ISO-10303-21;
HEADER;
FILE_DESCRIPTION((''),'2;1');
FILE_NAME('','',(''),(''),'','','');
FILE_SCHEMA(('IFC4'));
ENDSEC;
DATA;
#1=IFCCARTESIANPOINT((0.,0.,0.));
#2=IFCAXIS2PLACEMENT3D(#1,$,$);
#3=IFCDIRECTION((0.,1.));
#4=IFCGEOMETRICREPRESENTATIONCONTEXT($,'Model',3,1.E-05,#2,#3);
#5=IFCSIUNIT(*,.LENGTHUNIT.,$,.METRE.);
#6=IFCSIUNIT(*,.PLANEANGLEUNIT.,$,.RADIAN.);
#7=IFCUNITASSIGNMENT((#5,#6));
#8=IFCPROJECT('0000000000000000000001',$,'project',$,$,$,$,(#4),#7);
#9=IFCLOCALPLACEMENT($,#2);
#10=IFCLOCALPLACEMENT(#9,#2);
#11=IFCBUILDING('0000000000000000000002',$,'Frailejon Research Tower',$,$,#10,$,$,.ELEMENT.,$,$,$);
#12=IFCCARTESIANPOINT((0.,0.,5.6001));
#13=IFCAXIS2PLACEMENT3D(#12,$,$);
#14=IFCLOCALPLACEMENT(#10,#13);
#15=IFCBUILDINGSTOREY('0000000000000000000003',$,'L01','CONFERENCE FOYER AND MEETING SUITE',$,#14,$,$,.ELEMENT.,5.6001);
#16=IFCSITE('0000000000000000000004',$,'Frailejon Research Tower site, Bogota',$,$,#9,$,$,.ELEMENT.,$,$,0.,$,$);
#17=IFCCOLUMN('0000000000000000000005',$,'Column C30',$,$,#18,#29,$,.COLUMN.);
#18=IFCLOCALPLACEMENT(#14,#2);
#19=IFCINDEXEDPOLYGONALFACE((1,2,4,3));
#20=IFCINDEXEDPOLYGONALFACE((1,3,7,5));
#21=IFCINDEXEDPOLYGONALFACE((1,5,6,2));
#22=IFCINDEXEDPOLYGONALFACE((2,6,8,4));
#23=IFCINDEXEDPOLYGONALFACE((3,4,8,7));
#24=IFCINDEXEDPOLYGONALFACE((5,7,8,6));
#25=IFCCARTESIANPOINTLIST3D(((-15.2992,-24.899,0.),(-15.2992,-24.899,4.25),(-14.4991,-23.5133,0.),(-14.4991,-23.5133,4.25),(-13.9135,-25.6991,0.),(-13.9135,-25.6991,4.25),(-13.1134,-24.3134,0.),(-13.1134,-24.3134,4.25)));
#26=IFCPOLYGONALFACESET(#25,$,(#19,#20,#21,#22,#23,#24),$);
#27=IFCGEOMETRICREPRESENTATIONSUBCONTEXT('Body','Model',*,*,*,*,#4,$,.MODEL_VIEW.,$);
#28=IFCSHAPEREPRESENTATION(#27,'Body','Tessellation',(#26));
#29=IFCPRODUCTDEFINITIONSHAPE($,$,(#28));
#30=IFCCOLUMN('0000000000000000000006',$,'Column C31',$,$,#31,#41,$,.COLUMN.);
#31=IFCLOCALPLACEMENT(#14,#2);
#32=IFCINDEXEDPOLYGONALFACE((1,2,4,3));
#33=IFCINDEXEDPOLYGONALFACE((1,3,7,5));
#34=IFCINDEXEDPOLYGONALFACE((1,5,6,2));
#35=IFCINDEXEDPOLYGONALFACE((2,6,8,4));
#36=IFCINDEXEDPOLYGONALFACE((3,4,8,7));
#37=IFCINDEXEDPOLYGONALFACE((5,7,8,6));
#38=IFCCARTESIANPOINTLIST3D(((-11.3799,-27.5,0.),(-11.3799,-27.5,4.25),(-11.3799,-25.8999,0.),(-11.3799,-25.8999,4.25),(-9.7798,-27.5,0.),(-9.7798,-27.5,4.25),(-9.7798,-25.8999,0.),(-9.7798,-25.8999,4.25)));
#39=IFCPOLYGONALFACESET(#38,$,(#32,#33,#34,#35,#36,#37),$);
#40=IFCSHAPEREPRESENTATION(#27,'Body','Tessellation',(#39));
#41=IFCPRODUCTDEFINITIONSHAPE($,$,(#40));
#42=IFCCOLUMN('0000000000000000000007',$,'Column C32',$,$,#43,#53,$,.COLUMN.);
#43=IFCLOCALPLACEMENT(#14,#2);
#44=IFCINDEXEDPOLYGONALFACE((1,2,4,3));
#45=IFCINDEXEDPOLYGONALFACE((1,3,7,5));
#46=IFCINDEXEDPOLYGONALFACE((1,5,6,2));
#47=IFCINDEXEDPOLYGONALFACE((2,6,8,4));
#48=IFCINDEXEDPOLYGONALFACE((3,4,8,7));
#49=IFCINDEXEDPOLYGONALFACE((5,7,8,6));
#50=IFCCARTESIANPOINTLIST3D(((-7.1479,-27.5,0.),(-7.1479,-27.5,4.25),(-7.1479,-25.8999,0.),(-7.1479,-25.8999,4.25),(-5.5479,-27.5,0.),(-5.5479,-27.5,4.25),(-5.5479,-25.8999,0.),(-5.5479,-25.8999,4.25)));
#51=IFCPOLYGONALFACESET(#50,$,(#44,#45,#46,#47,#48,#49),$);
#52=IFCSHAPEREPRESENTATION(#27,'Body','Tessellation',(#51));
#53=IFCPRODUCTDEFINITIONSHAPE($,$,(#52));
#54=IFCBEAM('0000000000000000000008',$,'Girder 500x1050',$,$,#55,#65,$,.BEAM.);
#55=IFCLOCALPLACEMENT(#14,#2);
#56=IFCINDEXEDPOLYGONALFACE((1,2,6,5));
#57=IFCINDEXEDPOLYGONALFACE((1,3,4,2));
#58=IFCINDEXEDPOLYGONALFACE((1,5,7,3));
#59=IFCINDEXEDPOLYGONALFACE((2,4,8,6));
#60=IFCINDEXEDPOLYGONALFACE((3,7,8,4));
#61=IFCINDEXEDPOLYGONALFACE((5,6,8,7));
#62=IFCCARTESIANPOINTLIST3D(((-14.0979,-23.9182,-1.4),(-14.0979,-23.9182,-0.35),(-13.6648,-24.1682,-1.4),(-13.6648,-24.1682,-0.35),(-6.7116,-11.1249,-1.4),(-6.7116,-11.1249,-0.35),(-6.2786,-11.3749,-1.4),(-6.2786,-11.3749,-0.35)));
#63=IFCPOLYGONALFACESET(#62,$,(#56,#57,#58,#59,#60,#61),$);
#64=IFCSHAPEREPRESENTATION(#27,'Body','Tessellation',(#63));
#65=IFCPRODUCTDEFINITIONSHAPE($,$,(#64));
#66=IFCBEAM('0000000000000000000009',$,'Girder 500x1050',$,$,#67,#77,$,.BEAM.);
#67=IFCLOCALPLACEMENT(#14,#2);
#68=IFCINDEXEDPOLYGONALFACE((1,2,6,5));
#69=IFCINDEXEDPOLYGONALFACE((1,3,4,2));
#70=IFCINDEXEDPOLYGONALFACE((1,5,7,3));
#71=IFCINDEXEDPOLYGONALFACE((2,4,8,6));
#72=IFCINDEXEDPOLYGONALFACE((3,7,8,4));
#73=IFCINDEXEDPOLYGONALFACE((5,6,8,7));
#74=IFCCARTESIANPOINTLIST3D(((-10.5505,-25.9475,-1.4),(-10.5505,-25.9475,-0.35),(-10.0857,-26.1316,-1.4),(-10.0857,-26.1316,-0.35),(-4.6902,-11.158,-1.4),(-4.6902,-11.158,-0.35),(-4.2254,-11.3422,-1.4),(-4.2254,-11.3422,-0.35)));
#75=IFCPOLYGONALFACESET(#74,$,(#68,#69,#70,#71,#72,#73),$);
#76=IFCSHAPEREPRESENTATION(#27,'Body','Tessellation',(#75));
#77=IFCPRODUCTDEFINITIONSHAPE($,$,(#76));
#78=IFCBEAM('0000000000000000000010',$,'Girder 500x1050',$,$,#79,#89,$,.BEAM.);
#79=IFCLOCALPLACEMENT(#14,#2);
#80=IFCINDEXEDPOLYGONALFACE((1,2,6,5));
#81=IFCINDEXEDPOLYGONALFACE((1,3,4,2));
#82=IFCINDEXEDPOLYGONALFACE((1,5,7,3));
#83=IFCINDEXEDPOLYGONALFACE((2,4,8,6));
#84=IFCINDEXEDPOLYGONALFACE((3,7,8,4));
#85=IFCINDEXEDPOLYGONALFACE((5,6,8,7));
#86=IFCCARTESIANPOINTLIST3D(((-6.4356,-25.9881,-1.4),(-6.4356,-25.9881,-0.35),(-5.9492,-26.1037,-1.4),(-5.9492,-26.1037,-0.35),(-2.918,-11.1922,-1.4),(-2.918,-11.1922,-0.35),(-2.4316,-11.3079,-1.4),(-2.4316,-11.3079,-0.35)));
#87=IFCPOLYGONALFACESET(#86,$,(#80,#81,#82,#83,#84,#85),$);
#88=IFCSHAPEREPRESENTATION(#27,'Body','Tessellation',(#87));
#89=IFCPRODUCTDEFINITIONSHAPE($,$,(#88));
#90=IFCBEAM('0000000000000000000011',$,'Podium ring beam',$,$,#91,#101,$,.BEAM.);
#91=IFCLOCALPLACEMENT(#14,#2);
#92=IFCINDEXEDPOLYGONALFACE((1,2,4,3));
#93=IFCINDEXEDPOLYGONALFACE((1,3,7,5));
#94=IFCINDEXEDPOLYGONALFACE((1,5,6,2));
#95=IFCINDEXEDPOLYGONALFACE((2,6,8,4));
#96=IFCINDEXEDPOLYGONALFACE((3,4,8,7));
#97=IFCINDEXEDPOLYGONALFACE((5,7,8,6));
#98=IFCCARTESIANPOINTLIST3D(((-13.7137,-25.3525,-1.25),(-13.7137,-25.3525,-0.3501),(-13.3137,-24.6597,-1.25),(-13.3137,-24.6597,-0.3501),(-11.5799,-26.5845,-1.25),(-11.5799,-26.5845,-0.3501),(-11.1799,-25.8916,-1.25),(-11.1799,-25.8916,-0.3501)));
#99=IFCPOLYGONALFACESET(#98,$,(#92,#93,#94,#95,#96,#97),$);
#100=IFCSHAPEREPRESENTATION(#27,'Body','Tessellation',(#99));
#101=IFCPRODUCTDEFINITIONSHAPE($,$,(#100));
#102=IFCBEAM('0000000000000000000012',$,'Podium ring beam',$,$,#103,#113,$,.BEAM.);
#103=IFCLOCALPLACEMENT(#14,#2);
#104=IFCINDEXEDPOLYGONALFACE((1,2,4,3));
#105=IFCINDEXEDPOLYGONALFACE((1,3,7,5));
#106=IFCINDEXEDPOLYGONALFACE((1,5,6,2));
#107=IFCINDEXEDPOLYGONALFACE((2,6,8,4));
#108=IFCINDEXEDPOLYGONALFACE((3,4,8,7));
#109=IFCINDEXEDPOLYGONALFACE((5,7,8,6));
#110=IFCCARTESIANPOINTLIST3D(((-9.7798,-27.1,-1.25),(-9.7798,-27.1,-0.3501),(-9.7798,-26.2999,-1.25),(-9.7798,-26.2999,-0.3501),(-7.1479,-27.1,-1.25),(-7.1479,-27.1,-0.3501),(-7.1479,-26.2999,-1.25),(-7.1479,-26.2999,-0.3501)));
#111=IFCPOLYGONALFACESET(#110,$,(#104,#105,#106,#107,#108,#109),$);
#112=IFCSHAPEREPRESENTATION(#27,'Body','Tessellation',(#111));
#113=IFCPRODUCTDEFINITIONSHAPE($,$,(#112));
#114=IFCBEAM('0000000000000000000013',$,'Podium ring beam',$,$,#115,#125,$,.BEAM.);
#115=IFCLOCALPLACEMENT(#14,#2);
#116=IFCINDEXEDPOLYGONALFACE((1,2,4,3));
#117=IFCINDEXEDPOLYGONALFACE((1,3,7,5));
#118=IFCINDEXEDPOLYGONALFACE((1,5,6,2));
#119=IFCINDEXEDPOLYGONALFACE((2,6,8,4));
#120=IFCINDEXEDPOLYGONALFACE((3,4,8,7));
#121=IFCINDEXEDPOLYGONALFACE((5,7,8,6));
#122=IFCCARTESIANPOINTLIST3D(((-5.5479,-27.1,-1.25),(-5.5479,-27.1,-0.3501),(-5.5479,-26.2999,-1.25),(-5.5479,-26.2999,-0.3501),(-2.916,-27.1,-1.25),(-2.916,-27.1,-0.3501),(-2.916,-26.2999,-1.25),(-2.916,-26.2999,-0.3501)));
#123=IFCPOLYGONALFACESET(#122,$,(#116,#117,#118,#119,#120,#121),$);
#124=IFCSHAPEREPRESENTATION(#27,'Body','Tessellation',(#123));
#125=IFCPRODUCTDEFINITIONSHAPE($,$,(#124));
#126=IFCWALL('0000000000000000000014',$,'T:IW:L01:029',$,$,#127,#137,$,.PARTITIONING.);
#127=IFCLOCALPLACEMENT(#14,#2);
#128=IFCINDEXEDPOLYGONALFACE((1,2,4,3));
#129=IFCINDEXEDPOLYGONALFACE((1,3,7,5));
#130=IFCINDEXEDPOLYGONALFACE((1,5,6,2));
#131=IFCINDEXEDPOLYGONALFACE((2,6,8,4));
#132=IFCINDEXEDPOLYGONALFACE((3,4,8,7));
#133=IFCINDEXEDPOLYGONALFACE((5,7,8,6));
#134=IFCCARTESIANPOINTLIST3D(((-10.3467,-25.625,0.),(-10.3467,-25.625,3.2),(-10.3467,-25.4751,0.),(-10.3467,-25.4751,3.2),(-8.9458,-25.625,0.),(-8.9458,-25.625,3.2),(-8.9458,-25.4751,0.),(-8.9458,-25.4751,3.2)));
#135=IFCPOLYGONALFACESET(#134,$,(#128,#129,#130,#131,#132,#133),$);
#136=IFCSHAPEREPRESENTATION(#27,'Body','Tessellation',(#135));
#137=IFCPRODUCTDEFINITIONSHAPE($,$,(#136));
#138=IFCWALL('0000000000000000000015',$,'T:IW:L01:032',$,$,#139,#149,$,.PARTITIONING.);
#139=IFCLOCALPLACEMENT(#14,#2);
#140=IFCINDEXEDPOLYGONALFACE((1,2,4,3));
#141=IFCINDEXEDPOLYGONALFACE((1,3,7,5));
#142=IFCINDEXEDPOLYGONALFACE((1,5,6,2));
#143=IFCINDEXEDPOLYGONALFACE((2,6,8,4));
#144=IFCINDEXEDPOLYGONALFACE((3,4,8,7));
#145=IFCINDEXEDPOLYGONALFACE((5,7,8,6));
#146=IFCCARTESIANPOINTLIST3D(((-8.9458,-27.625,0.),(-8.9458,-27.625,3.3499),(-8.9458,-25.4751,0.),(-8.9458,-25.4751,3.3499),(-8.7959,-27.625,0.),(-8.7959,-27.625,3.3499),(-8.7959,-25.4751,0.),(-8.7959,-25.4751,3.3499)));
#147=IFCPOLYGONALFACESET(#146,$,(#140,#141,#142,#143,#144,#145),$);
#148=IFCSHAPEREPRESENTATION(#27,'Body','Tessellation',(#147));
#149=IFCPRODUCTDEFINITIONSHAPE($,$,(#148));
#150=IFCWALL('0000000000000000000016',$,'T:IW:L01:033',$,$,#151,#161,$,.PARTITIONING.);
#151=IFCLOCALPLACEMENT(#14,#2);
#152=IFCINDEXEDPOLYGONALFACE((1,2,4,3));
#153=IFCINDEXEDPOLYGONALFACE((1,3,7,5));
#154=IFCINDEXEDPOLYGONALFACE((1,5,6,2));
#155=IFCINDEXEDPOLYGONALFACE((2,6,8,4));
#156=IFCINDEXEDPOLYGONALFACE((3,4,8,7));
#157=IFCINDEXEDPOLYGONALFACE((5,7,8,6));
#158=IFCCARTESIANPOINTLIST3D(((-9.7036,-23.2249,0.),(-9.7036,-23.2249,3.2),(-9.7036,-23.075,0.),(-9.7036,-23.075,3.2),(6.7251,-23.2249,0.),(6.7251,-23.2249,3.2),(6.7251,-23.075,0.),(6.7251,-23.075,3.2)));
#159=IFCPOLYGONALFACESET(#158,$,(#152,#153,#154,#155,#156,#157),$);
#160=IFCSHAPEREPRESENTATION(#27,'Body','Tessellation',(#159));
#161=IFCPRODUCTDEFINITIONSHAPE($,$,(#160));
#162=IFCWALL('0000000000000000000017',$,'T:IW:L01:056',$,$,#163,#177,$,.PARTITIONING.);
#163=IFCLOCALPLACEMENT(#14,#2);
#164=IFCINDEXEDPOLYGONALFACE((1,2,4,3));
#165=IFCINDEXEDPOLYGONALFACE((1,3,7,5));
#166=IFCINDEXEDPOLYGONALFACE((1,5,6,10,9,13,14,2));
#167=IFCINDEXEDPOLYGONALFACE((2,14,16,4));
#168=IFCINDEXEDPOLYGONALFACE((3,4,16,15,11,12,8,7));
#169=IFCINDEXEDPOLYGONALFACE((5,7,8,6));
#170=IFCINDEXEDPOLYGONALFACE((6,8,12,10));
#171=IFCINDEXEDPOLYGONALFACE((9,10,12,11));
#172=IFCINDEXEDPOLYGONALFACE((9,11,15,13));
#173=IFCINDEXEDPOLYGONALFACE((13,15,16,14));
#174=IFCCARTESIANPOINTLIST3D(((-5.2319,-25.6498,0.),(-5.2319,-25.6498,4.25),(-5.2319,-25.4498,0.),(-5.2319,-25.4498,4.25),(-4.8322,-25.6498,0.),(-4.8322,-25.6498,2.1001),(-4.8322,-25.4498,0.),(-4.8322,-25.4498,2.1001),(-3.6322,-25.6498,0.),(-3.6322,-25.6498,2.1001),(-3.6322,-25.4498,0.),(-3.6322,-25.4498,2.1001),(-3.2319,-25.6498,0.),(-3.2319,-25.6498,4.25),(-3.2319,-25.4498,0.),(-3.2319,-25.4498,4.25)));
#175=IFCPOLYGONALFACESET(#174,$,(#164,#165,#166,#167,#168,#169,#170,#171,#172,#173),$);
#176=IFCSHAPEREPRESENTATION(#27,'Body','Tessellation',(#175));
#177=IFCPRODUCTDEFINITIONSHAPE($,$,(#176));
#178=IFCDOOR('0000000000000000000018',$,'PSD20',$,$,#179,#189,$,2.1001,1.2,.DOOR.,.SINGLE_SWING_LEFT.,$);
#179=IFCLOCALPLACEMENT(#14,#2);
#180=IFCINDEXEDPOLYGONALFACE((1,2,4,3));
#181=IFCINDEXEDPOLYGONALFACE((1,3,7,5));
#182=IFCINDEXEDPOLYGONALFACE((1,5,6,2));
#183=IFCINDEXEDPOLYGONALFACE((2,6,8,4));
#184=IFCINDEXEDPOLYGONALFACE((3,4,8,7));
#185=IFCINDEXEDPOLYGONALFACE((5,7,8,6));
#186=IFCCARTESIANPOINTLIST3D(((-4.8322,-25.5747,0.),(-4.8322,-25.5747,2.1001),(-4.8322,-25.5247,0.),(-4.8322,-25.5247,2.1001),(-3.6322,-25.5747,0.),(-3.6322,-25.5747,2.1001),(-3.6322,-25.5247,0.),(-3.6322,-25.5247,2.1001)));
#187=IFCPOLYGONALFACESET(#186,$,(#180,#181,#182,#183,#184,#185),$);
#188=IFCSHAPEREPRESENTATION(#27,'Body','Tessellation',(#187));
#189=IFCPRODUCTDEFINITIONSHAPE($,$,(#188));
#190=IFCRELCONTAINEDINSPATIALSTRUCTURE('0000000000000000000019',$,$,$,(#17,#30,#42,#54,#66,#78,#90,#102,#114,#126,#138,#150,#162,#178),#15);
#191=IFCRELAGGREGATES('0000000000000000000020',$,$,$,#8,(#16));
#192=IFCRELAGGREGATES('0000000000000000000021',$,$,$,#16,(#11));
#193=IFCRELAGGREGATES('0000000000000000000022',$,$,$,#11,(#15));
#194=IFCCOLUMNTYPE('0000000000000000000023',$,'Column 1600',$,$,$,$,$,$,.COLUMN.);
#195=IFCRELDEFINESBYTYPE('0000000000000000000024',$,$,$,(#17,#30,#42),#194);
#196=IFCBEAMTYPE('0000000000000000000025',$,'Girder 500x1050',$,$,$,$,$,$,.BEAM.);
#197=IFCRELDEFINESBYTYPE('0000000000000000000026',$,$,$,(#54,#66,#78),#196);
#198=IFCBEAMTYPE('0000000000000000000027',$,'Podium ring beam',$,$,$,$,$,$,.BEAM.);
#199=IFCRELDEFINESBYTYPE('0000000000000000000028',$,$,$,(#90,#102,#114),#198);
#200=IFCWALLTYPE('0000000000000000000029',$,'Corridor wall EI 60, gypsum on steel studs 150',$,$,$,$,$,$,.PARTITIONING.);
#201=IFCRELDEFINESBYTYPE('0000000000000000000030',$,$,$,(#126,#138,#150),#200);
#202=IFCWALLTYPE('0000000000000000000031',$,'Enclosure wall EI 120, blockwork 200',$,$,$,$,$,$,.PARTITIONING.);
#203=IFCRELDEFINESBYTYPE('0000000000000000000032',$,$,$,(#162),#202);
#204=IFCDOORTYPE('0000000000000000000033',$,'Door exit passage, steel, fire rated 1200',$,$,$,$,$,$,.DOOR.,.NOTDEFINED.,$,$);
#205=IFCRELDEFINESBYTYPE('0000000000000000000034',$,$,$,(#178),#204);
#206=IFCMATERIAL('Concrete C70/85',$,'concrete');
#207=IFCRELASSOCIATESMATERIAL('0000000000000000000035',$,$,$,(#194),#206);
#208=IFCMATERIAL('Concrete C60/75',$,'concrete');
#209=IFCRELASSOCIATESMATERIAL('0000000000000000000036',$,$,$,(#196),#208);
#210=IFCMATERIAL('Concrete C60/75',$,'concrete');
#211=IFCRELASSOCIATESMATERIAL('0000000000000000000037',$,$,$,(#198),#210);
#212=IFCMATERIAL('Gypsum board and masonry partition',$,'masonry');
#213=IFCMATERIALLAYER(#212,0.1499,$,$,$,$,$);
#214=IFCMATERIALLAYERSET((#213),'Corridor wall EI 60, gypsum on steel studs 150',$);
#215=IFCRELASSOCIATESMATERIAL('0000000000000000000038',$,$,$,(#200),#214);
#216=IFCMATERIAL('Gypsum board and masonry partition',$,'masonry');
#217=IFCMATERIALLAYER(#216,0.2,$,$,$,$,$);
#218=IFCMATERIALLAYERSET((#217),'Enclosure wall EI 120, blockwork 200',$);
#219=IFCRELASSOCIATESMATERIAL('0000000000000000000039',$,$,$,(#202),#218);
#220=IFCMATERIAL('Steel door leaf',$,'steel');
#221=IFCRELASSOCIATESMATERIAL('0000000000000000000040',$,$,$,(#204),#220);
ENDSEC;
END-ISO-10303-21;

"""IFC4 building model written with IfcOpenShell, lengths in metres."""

from ifc_helpers import new_model, si_unit, direction, frame, frame_2d, origin, origin_2d, place, context, subcontext, project, spatial, rectangle, extrude, material, layer, layer_set, material_profile, profile_set, type_object, element, fill, save


model = new_model("IFC4")

# Units and contexts
model_context = context("Model", 3, precision=1e-05, world=origin(), true_north=direction((0.0, 1.0)))
body_context = subcontext(model_context, "Body", "Model", "MODEL_VIEW")
ifc_project = project(units=[si_unit("LENGTHUNIT", "METRE"), si_unit("PLANEANGLEUNIT", "RADIAN")], contexts=[model_context])

# Site, building, storey
site_placement = place(None, origin())
site = spatial("IfcSite", under=ifc_project, at=site_placement, Name="Frailejon Research Tower site, Bogota", CompositionType="ELEMENT", RefElevation=0.0)
building_placement = place(site_placement, origin())
building = spatial("IfcBuilding", under=site, at=building_placement, Name="Frailejon Research Tower", CompositionType="ELEMENT")
storey_placement = place(building_placement, frame((0.0, 0.0, 5.6001)))
storey = spatial("IfcBuildingStorey", under=building, at=storey_placement, Name="L01", Description="CONFERENCE FOYER AND MEETING SUITE", CompositionType="ELEMENT", Elevation=5.6001)

# Columns
ifc_material_1 = material(Name="Concrete C70/85", Category="concrete")
ifc_material_profile_1 = material_profile(ifc_material_1, rectangle(XDim=1.6001, YDim=1.6001, at=origin_2d()), Name="Column 1600")
ifc_profile_set_1 = profile_set([ifc_material_profile_1], Name="Concrete C70/85")
column_type = type_object("IfcColumnType", Name="Column 1600", PredefinedType="COLUMN", material=ifc_profile_set_1)
for number, where, z_axis, x_axis, name in (
    (1, (-14.2063, -24.6062, 0.0), (0.0, 0.0, 1.0), (0.866025, -0.5, 0.0), "Column C30"),
    (2, (-10.5798, -26.7, 0.0), (0.0, 0.0, 1.0), (1.0, 0.0, 0.0), "Column C31"),
    (3, (-6.3479, -26.7, 0.0), (0.0, 0.0, 1.0), (1.0, 0.0, 0.0), "Column C32"),
):
    element("IfcColumn", number, at=place(storey_placement, frame(where, z_axis=z_axis, x_axis=x_axis)), inside=storey, type_object=column_type, Name=name, PredefinedType="COLUMN", context=body_context, shape_type="SweptSolid", body=[
        extrude(rectangle(XDim=1.6001, YDim=1.6001, at=origin_2d()), origin(), (0.0, 0.0, 1.0), 4.25),
    ])

# Beams
ifc_material_2 = material(Name="Concrete C60/75", Category="concrete")
ifc_material_profile_2 = material_profile(ifc_material_2, rectangle(XDim=0.5, YDim=1.05, at=origin_2d()), Name="Girder 500x1050")
ifc_profile_set_2 = profile_set([ifc_material_profile_2], Name="Concrete C60/75")
beam_type_1 = type_object("IfcBeamType", Name="Girder 500x1050", PredefinedType="BEAM", material=ifc_profile_set_2)
beam_1_placement = place(storey_placement, frame((-13.8813, -24.0432, -0.875), z_axis=(0.500003, 0.866023, 0.0), x_axis=(-0.866023, 0.500003, 0.0)))
element("IfcBeam", 4, at=beam_1_placement, inside=storey, type_object=beam_type_1, Name="Girder 500x1050", PredefinedType="BEAM", context=body_context, shape_type="SweptSolid", body=[
    extrude(rectangle(XDim=0.5, YDim=1.05, at=origin_2d()), origin(), (0.0, 0.0, 1.0), 14.7725),
])
beam_2_placement = place(storey_placement, frame((-10.3181, -26.0396, -0.875), z_axis=(0.368383, 0.929674, 0.0), x_axis=(-0.929674, 0.368383, 0.0)))
element("IfcBeam", 5, at=beam_2_placement, inside=storey, type_object=beam_type_1, Name="Girder 500x1050", PredefinedType="BEAM", context=body_context, shape_type="SweptSolid", body=[
    extrude(rectangle(XDim=0.5, YDim=1.05, at=origin_2d()), origin(), (0.0, 0.0, 1.0), 15.9082),
])
beam_3_placement = place(storey_placement, frame((-6.1924, -26.0459, -0.875), z_axis=(0.231294, 0.972884, 0.0), x_axis=(-0.972884, 0.231294, 0.0)))
element("IfcBeam", 6, at=beam_3_placement, inside=storey, type_object=beam_type_1, Name="Girder 500x1050", PredefinedType="BEAM", context=body_context, shape_type="SweptSolid", body=[
    extrude(rectangle(XDim=0.5, YDim=1.05, at=origin_2d()), origin(), (0.0, 0.0, 1.0), 15.2083),
])
ifc_material_3 = material(Name="Concrete C60/75", Category="concrete")
ifc_material_profile_3 = material_profile(ifc_material_3, rectangle(XDim=0.8, YDim=0.8999, at=origin_2d()), Name="Podium ring beam")
ifc_profile_set_3 = profile_set([ifc_material_profile_3], Name="Concrete C60/75")
beam_type_2 = type_object("IfcBeamType", Name="Podium ring beam", PredefinedType="BEAM", material=ifc_profile_set_3)
beam_4_placement = place(storey_placement, frame((-13.5137, -25.0061, -0.8), z_axis=(0.866027, -0.499997, 0.0), x_axis=(0.499997, 0.866027, 0.0)))
element("IfcBeam", 7, at=beam_4_placement, inside=storey, type_object=beam_type_2, Name="Podium ring beam", PredefinedType="BEAM", context=body_context, shape_type="SweptSolid", body=[
    extrude(rectangle(XDim=0.8, YDim=0.8999, at=origin_2d()), origin(), (0.0, 0.0, 1.0), 2.4639),
])
for number, where, z_axis, x_axis, name in (
    (8, (-9.7798, -26.7, -0.8), (1.0, 0.0, 0.0), (0.0, 1.0, 0.0), "Podium ring beam"),
    (9, (-5.5479, -26.7, -0.8), (1.0, 0.0, 0.0), (0.0, 1.0, 0.0), "Podium ring beam"),
):
    element("IfcBeam", number, at=place(storey_placement, frame(where, z_axis=z_axis, x_axis=x_axis)), inside=storey, type_object=beam_type_2, Name=name, PredefinedType="BEAM", context=body_context, shape_type="SweptSolid", body=[
        extrude(rectangle(XDim=0.8, YDim=0.8999, at=origin_2d()), origin(), (0.0, 0.0, 1.0), 2.6318),
    ])

# Walls
ifc_material_4 = material(Name="Gypsum board and masonry partition", Category="masonry")
ifc_layer_1 = layer(ifc_material_4, 0.1499)
ifc_layer_set_1 = layer_set([ifc_layer_1], Name="Corridor wall EI 60, gypsum on steel studs 150")
wall_type_1 = type_object("IfcWallType", Name="Corridor wall EI 60, gypsum on steel studs 150", PredefinedType="PARTITIONING", material=ifc_layer_set_1)
wall_1_placement = place(storey_placement, frame((-10.3467, -25.55, 0.0), z_axis=(0.0, 0.0, 1.0), x_axis=(1.0, 0.0, 0.0)))
element("IfcWall", 10, at=wall_1_placement, inside=storey, type_object=wall_type_1, Name="T:IW:L01:029", PredefinedType="PARTITIONING", context=body_context, shape_type="SweptSolid", body=[
    extrude(rectangle(XDim=1.4009, YDim=0.1499, at=frame_2d((0.7004, 0.0))), origin(), (0.0, 0.0, 1.0), 3.2),
])
wall_2_placement = place(storey_placement, frame((-8.8708, -27.625, 0.0), z_axis=(0.0, 0.0, 1.0), x_axis=(0.0, 1.0, 0.0)))
element("IfcWall", 11, at=wall_2_placement, inside=storey, type_object=wall_type_1, Name="T:IW:L01:032", PredefinedType="PARTITIONING", context=body_context, shape_type="SweptSolid", body=[
    extrude(rectangle(XDim=2.1499, YDim=0.1499, at=frame_2d((1.075, 0.0))), origin(), (0.0, 0.0, 1.0), 3.3499),
])
wall_3_placement = place(storey_placement, frame((-9.7036, -23.1499, 0.0), z_axis=(0.0, 0.0, 1.0), x_axis=(1.0, 0.0, 0.0)))
element("IfcWall", 12, at=wall_3_placement, inside=storey, type_object=wall_type_1, Name="T:IW:L01:033", PredefinedType="PARTITIONING", context=body_context, shape_type="SweptSolid", body=[
    extrude(rectangle(XDim=16.4287, YDim=0.1499, at=frame_2d((8.2144, 0.0))), origin(), (0.0, 0.0, 1.0), 3.2),
])

# Wall, opening, door
ifc_material_5 = material(Name="Gypsum board and masonry partition", Category="masonry")
ifc_layer_2 = layer(ifc_material_5, 0.2)
ifc_layer_set_2 = layer_set([ifc_layer_2], Name="Enclosure wall EI 120, blockwork 200")
wall_type_2 = type_object("IfcWallType", Name="Enclosure wall EI 120, blockwork 200", PredefinedType="PARTITIONING", material=ifc_layer_set_2)
wall_4_placement = place(storey_placement, frame((-5.2319, -25.5498, 0.0), z_axis=(0.0, 0.0, 1.0), x_axis=(1.0, 0.0, 0.0)))
wall_4 = element("IfcWall", 13, at=wall_4_placement, inside=storey, type_object=wall_type_2, Name="T:IW:L01:056", PredefinedType="PARTITIONING", context=body_context, shape_type="SweptSolid", body=[
    extrude(rectangle(XDim=2.0, YDim=0.2, at=frame_2d((1.0, 0.0))), origin(), (0.0, 0.0, 1.0), 4.25),
])
opening_1_placement = place(wall_4_placement, frame((1.5999, 0.0, 0.0), z_axis=(0.0, 0.0, 1.0), x_axis=(-1.0, 0.0, 0.0)))
opening_1 = element("IfcOpeningElement", 14, at=opening_1_placement, cuts=wall_4, PredefinedType="OPENING", context=body_context, shape_type="SweptSolid", body=[
    extrude(rectangle(XDim=1.2, YDim=2.1001, at=frame_2d((0.6001, 1.05))), frame((0.0, 0.1099, 0.0), z_axis=(0.0, -1.0, 0.0), x_axis=(1.0, 0.0, 0.0)), (0.0, 0.0, 1.0), 0.22),
])
ifc_material_6 = material(Name="Steel door leaf", Category="steel")
door_type = type_object("IfcDoorType", Name="Door exit passage, steel, fire rated 1200", OperationType="NOTDEFINED", PredefinedType="DOOR", material=ifc_material_6)
door_1_placement = place(opening_1_placement, origin())
door_1 = element("IfcDoor", 15, at=door_1_placement, inside=storey, type_object=door_type, Name="PSD20", OperationType="SINGLE_SWING_LEFT", OverallHeight=2.1001, OverallWidth=1.2, PredefinedType="DOOR", context=body_context, shape_type="SweptSolid", body=[
    extrude(rectangle(XDim=1.2, YDim=2.1001, at=frame_2d((0.6001, 1.05))), frame((0.0, 0.0249, 0.0), z_axis=(0.0, -1.0, 0.0), x_axis=(1.0, 0.0, 0.0)), (0.0, 0.0, 1.0), 0.05),
])
fill(opening_1, door_1)

save(model, "model.ifc")
